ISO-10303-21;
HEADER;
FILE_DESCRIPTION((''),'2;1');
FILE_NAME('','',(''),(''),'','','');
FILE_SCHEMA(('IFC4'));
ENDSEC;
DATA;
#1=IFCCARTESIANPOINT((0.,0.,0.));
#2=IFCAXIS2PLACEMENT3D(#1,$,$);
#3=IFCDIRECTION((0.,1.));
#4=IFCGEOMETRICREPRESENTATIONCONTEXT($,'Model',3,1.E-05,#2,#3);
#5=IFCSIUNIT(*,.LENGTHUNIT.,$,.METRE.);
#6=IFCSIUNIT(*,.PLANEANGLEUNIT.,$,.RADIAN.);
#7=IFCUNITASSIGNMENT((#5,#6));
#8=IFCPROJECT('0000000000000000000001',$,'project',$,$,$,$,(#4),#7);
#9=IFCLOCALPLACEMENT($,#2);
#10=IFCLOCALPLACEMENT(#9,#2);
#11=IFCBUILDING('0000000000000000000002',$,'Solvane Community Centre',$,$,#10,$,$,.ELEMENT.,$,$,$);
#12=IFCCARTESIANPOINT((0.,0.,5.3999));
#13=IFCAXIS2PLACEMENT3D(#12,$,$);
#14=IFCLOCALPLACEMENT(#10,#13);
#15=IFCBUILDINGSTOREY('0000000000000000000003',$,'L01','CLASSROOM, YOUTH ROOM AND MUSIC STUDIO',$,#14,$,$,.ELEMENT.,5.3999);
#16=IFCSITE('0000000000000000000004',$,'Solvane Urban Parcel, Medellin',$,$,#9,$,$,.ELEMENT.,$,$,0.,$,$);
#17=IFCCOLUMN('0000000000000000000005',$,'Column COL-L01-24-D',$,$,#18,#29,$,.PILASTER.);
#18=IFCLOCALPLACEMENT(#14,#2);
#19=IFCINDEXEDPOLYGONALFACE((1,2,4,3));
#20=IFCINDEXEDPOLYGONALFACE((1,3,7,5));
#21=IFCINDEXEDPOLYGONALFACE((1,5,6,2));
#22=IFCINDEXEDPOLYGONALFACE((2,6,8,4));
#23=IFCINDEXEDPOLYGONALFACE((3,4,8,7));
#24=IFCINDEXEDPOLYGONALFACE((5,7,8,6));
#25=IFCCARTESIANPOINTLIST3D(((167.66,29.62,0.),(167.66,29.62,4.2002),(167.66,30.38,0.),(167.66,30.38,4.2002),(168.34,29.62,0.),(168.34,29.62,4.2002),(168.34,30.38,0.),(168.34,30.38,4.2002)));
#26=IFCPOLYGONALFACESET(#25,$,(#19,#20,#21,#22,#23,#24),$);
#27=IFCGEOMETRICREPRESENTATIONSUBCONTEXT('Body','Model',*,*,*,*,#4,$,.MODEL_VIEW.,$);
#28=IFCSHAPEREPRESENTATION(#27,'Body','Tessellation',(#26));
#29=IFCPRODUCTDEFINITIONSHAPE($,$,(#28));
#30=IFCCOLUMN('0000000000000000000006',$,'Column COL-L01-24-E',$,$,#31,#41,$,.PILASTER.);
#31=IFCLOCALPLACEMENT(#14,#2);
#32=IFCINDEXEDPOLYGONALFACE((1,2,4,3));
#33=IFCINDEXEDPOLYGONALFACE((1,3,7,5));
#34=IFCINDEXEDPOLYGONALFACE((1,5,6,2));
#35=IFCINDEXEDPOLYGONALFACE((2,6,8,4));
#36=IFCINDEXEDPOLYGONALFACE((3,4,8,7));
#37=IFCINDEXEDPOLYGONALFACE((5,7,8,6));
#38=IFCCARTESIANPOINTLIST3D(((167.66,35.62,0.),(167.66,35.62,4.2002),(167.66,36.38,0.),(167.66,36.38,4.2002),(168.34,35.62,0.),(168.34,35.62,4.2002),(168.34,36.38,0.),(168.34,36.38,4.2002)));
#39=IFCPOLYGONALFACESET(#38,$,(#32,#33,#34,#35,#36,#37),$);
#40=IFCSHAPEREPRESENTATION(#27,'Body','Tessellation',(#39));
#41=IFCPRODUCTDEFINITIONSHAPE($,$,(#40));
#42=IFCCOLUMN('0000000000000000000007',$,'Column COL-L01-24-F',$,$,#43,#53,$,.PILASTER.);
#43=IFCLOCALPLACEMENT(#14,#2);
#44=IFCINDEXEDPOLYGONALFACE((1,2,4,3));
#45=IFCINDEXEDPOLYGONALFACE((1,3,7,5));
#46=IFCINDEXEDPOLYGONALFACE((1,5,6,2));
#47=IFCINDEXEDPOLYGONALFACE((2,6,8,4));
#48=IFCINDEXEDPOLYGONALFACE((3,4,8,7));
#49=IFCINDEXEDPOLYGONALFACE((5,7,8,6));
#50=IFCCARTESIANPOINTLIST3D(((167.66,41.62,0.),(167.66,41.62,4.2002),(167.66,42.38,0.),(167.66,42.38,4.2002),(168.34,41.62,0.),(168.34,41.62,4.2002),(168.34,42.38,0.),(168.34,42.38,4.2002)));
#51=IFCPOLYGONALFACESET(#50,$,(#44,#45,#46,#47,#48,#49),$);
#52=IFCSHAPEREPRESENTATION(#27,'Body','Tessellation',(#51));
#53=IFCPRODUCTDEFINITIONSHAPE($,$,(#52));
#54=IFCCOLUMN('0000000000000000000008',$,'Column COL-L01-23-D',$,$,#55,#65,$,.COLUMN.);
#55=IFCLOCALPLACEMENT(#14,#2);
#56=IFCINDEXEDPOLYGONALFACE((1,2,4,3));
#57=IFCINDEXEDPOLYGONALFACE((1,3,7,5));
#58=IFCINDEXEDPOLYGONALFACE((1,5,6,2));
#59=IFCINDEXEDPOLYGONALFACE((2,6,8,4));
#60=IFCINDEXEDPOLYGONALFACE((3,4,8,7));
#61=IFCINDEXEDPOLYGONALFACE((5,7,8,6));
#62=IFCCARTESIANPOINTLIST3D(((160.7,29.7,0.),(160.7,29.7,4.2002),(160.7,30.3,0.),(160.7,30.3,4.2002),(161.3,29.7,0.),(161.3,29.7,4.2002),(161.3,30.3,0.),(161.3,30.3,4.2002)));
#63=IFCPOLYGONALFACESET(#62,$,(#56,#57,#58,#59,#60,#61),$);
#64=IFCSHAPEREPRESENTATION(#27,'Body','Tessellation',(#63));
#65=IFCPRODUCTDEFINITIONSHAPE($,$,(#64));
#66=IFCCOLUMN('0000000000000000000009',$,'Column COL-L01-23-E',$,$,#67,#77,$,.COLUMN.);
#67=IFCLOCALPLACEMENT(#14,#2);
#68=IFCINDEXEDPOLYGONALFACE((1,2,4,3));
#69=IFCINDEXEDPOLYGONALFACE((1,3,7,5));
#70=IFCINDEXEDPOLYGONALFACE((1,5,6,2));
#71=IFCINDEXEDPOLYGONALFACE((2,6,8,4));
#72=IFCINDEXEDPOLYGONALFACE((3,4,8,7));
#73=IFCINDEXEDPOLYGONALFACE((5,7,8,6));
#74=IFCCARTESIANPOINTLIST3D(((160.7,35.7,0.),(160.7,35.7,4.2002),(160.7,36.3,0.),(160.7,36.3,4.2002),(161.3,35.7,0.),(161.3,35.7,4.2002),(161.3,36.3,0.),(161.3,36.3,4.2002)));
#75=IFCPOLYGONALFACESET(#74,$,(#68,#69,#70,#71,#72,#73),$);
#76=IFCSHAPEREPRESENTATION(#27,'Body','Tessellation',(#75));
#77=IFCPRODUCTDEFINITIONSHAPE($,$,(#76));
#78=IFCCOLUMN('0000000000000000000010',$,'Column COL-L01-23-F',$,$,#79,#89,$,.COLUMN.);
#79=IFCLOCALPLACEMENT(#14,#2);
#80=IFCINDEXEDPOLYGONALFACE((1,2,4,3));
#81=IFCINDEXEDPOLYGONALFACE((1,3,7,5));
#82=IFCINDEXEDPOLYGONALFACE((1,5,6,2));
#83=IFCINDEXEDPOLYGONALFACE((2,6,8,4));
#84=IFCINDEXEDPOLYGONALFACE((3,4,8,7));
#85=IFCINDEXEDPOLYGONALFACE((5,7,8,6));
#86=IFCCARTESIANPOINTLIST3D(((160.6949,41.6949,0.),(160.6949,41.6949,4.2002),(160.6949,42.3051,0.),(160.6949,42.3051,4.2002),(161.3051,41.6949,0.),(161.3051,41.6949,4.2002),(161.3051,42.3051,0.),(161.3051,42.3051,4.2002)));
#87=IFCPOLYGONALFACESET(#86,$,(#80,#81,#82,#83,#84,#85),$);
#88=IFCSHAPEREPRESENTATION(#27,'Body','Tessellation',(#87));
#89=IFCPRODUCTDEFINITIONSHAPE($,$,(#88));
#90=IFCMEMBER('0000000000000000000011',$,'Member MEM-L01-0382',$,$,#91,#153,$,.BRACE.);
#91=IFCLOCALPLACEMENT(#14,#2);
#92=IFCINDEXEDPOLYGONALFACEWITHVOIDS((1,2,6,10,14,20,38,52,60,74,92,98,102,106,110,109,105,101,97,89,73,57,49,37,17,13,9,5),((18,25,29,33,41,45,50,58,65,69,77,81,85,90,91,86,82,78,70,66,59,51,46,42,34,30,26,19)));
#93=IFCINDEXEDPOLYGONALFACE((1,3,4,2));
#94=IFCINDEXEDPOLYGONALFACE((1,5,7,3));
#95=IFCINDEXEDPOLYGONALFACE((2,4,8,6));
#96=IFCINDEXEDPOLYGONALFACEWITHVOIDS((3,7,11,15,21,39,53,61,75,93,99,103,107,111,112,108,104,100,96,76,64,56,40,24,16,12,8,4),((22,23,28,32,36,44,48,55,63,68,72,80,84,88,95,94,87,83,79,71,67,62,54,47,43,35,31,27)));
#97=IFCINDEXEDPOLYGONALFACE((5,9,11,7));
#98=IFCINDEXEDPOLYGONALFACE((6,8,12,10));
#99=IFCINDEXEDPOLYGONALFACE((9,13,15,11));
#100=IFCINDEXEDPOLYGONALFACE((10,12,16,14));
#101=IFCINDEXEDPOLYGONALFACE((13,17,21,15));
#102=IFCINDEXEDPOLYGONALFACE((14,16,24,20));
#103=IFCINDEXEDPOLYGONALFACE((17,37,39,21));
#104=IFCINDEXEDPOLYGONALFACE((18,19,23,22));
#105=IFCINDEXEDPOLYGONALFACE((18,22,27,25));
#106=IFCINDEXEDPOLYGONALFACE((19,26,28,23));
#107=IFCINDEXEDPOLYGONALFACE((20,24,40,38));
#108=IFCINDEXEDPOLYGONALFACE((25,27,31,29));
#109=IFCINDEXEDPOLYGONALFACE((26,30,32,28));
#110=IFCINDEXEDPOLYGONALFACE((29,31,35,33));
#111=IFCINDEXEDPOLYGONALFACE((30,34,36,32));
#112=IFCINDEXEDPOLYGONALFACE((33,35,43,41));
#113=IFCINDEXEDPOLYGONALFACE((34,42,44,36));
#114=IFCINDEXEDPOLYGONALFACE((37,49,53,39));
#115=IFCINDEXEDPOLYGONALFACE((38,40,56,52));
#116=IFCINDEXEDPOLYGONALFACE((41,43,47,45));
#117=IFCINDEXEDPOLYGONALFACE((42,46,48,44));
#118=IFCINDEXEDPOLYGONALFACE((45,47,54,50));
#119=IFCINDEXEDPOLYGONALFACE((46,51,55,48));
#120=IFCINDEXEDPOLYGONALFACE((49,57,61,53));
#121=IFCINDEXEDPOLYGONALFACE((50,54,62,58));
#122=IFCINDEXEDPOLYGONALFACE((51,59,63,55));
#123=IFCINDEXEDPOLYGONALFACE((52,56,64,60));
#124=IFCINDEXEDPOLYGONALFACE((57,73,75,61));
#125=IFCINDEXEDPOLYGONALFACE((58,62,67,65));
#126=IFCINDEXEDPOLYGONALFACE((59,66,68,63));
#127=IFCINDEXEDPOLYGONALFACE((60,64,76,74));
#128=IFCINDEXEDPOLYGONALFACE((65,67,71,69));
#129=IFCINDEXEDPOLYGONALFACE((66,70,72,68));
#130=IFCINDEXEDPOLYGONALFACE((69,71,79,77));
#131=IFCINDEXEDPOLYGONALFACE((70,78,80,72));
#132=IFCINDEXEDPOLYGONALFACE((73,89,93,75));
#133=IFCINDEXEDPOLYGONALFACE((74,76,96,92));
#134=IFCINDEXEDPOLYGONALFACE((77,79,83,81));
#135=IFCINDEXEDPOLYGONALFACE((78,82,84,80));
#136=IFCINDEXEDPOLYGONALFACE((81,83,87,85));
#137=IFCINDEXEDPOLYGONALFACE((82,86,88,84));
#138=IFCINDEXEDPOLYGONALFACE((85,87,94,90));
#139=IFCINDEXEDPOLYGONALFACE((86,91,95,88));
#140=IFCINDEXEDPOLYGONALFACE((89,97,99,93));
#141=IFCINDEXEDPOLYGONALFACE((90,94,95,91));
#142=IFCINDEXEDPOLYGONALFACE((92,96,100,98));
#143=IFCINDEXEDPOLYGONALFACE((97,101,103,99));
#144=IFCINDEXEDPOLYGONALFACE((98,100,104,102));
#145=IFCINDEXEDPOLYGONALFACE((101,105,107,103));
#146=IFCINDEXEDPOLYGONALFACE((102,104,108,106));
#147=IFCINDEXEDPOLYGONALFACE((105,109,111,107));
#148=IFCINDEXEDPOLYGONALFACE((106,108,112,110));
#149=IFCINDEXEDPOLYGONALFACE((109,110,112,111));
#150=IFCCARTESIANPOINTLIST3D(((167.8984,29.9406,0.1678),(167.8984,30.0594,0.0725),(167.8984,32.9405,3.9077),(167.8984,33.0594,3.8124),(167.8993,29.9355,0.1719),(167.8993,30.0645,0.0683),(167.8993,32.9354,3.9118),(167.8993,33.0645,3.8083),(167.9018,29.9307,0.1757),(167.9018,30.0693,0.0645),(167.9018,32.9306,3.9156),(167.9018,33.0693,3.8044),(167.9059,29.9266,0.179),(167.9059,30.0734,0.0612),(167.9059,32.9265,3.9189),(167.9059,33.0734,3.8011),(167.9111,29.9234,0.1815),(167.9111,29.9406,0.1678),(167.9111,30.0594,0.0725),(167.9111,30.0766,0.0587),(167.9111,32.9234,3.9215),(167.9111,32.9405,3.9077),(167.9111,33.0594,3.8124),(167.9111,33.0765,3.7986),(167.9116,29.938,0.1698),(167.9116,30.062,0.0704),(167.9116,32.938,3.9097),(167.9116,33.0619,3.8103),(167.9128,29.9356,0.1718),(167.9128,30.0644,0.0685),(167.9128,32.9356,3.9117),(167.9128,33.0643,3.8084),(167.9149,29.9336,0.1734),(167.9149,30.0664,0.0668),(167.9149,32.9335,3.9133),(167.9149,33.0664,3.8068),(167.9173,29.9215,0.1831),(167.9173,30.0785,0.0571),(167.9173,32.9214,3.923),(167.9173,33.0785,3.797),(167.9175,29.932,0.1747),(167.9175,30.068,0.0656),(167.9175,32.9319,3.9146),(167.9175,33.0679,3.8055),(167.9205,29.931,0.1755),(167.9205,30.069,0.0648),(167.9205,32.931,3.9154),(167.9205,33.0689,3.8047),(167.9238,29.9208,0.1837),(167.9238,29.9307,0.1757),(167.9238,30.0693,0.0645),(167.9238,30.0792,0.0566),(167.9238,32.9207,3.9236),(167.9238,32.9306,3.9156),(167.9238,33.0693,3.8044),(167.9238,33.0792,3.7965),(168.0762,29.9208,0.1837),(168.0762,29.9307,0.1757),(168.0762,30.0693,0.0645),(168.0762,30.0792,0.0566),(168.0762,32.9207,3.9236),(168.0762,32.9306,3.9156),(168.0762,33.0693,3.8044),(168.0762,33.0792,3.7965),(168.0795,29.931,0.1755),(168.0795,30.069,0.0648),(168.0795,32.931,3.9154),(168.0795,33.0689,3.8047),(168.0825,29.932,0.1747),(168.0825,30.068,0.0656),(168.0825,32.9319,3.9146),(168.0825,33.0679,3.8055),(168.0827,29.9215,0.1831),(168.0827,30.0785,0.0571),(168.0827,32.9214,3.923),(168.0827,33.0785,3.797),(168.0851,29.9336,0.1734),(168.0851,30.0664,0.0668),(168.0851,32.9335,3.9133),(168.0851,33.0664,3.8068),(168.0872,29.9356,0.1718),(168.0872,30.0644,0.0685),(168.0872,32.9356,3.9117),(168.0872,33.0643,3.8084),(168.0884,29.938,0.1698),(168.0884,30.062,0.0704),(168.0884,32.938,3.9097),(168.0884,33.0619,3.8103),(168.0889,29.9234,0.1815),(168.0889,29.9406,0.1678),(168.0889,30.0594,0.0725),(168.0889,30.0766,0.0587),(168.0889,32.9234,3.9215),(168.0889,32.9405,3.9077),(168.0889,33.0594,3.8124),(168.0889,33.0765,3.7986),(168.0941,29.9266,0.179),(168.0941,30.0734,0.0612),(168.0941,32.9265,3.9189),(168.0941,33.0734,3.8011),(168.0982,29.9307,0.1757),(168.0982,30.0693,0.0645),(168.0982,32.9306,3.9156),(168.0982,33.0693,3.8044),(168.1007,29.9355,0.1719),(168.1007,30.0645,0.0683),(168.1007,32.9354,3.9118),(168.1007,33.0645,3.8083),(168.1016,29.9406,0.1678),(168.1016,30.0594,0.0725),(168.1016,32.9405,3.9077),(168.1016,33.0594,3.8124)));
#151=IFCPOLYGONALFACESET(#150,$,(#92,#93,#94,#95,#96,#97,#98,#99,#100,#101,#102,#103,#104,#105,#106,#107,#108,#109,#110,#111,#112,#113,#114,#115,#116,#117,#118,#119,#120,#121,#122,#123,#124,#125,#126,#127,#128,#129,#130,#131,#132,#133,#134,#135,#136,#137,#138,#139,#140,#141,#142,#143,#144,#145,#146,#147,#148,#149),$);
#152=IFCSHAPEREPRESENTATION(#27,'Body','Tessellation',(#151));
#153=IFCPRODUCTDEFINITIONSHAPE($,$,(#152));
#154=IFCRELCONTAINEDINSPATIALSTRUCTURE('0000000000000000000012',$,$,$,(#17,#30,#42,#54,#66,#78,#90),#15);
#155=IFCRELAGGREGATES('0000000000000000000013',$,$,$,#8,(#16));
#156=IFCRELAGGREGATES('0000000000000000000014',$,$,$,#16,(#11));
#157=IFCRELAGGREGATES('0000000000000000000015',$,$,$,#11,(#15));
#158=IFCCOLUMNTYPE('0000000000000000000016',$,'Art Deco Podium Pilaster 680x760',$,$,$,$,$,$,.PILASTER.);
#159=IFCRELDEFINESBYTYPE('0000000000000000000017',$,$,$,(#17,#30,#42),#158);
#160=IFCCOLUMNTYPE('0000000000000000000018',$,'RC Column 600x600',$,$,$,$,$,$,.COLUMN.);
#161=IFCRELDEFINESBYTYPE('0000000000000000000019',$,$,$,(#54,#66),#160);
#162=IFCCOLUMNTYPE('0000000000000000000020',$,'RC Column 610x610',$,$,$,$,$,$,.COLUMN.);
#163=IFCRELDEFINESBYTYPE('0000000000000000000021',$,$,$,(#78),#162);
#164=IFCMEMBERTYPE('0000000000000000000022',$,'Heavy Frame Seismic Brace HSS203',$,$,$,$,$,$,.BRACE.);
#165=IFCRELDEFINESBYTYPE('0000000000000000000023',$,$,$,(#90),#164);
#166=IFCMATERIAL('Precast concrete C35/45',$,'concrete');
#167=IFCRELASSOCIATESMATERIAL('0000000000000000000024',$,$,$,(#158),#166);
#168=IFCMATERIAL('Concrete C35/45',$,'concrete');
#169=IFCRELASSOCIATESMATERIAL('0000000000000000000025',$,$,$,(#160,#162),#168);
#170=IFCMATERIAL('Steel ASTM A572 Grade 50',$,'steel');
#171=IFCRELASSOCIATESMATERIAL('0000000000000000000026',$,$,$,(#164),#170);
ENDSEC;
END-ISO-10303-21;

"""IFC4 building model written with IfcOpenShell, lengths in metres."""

from ifc_helpers import new_model, si_unit, direction, frame, origin, origin_2d, place, context, subcontext, project, spatial, rectangle, hollow_rectangle, extrude, material, material_profile, profile_set, type_object, element, save


model = new_model("IFC4")

# Units and contexts
model_context = context("Model", 3, precision=1e-05, world=origin(), true_north=direction((0.0, 1.0)))
body_context = subcontext(model_context, "Body", "Model", "MODEL_VIEW")
ifc_project = project(units=[si_unit("LENGTHUNIT", "METRE"), si_unit("PLANEANGLEUNIT", "RADIAN")], contexts=[model_context])

# Site, building, storey
site_placement = place(None, origin())
site = spatial("IfcSite", under=ifc_project, at=site_placement, Name="Solvane Urban Parcel, Medellin", CompositionType="ELEMENT", RefElevation=0.0)
building_placement = place(site_placement, origin())
building = spatial("IfcBuilding", under=site, at=building_placement, Name="Solvane Community Centre", CompositionType="ELEMENT")
storey_placement = place(building_placement, frame((0.0, 0.0, 5.3999)))
storey = spatial("IfcBuildingStorey", under=building, at=storey_placement, Name="L01", Description="CLASSROOM, YOUTH ROOM AND MUSIC STUDIO", CompositionType="ELEMENT", Elevation=5.3999)

# Columns
ifc_material_1 = material(Name="Precast concrete C35/45", Category="concrete")
ifc_material_profile_1 = material_profile(ifc_material_1, rectangle(XDim=0.6799, YDim=0.76, at=origin_2d()), Name="RC 680x760")
ifc_profile_set_1 = profile_set([ifc_material_profile_1], Name="Precast concrete C35/45")
column_type_1 = type_object("IfcColumnType", Name="Art Deco Podium Pilaster 680x760", PredefinedType="PILASTER", material=ifc_profile_set_1)
for number, where, z_axis, x_axis, name in (
    (1, (168.0, 30.0, 0.0), (0.0, 0.0, 1.0), (1.0, 0.0, 0.0), "Column COL-L01-24-D"),
    (2, (168.0, 36.0, 0.0), (0.0, 0.0, 1.0), (1.0, 0.0, 0.0), "Column COL-L01-24-E"),
    (3, (168.0, 42.0, 0.0), (0.0, 0.0, 1.0), (1.0, 0.0, 0.0), "Column COL-L01-24-F"),
):
    element("IfcColumn", number, at=place(storey_placement, frame(where, z_axis=z_axis, x_axis=x_axis)), inside=storey, type_object=column_type_1, Name=name, PredefinedType="PILASTER", context=body_context, shape_type="SweptSolid", body=[
        extrude(rectangle(XDim=0.6799, YDim=0.76, at=origin_2d()), origin(), (0.0, 0.0, 1.0), 4.2002),
    ])
ifc_material_2 = material(Name="Concrete C35/45", Category="concrete")
ifc_material_profile_2 = material_profile(ifc_material_2, rectangle(XDim=0.6001, YDim=0.6001, at=origin_2d()), Name="RC 600x600")
ifc_profile_set_2 = profile_set([ifc_material_profile_2], Name="Concrete C35/45")
column_type_2 = type_object("IfcColumnType", Name="RC Column 600x600", PredefinedType="COLUMN", material=ifc_profile_set_2)
for number, where, z_axis, x_axis, name in (
    (4, (161.0, 30.0, 0.0), (0.0, 0.0, 1.0), (1.0, 0.0, 0.0), "Column COL-L01-23-D"),
    (5, (161.0, 36.0, 0.0), (0.0, 0.0, 1.0), (1.0, 0.0, 0.0), "Column COL-L01-23-E"),
):
    element("IfcColumn", number, at=place(storey_placement, frame(where, z_axis=z_axis, x_axis=x_axis)), inside=storey, type_object=column_type_2, Name=name, PredefinedType="COLUMN", context=body_context, shape_type="SweptSolid", body=[
        extrude(rectangle(XDim=0.6001, YDim=0.6001, at=origin_2d()), origin(), (0.0, 0.0, 1.0), 4.2002),
    ])
ifc_material_profile_3 = material_profile(ifc_material_2, rectangle(XDim=0.6101, YDim=0.6101, at=origin_2d()), Name="RC 610x610")
ifc_profile_set_3 = profile_set([ifc_material_profile_3], Name="Concrete C35/45")
column_type_3 = type_object("IfcColumnType", Name="RC Column 610x610", PredefinedType="COLUMN", material=ifc_profile_set_3)
column_placement = place(storey_placement, frame((161.0, 42.0, 0.0), z_axis=(0.0, 0.0, 1.0), x_axis=(1.0, 0.0, 0.0)))
element("IfcColumn", 6, at=column_placement, inside=storey, type_object=column_type_3, Name="Column COL-L01-23-F", PredefinedType="COLUMN", context=body_context, shape_type="SweptSolid", body=[
    extrude(rectangle(XDim=0.6101, YDim=0.6101, at=origin_2d()), origin(), (0.0, 0.0, 1.0), 4.2002),
])

# Member
ifc_material_3 = material(Name="Steel ASTM A572 Grade 50", Category="steel")
ifc_material_profile_4 = material_profile(ifc_material_3, hollow_rectangle(XDim=0.2031, YDim=0.2031, WallThickness=0.0127, InnerFilletRadius=0.0127, OuterFilletRadius=0.0254, at=origin_2d()), Name="HSS 203x203x12.7")
ifc_profile_set_4 = profile_set([ifc_material_profile_4], Name="Steel ASTM A572 Grade 50")
member_type = type_object("IfcMemberType", Name="Heavy Frame Seismic Brace HSS203", PredefinedType="BRACE", material=ifc_profile_set_4)
for number, where, z_axis, x_axis, name in (
    (7, (168.0, 30.0, 0.1201), (0.0, 0.625713, 0.780053), (-1.0, 0.0, 0.0), "Member MEM-L01-0382"),
):
    element("IfcMember", number, at=place(storey_placement, frame(where, z_axis=z_axis, x_axis=x_axis)), inside=storey, type_object=member_type, Name=name, PredefinedType="BRACE", context=body_context, shape_type="SweptSolid", body=[
        extrude(hollow_rectangle(XDim=0.2031, YDim=0.2031, WallThickness=0.0127, InnerFilletRadius=0.0127, OuterFilletRadius=0.0254, at=origin_2d()), origin(), (0.0, 0.0, 1.0), 4.7944),
    ])

save(model, "model.ifc")
